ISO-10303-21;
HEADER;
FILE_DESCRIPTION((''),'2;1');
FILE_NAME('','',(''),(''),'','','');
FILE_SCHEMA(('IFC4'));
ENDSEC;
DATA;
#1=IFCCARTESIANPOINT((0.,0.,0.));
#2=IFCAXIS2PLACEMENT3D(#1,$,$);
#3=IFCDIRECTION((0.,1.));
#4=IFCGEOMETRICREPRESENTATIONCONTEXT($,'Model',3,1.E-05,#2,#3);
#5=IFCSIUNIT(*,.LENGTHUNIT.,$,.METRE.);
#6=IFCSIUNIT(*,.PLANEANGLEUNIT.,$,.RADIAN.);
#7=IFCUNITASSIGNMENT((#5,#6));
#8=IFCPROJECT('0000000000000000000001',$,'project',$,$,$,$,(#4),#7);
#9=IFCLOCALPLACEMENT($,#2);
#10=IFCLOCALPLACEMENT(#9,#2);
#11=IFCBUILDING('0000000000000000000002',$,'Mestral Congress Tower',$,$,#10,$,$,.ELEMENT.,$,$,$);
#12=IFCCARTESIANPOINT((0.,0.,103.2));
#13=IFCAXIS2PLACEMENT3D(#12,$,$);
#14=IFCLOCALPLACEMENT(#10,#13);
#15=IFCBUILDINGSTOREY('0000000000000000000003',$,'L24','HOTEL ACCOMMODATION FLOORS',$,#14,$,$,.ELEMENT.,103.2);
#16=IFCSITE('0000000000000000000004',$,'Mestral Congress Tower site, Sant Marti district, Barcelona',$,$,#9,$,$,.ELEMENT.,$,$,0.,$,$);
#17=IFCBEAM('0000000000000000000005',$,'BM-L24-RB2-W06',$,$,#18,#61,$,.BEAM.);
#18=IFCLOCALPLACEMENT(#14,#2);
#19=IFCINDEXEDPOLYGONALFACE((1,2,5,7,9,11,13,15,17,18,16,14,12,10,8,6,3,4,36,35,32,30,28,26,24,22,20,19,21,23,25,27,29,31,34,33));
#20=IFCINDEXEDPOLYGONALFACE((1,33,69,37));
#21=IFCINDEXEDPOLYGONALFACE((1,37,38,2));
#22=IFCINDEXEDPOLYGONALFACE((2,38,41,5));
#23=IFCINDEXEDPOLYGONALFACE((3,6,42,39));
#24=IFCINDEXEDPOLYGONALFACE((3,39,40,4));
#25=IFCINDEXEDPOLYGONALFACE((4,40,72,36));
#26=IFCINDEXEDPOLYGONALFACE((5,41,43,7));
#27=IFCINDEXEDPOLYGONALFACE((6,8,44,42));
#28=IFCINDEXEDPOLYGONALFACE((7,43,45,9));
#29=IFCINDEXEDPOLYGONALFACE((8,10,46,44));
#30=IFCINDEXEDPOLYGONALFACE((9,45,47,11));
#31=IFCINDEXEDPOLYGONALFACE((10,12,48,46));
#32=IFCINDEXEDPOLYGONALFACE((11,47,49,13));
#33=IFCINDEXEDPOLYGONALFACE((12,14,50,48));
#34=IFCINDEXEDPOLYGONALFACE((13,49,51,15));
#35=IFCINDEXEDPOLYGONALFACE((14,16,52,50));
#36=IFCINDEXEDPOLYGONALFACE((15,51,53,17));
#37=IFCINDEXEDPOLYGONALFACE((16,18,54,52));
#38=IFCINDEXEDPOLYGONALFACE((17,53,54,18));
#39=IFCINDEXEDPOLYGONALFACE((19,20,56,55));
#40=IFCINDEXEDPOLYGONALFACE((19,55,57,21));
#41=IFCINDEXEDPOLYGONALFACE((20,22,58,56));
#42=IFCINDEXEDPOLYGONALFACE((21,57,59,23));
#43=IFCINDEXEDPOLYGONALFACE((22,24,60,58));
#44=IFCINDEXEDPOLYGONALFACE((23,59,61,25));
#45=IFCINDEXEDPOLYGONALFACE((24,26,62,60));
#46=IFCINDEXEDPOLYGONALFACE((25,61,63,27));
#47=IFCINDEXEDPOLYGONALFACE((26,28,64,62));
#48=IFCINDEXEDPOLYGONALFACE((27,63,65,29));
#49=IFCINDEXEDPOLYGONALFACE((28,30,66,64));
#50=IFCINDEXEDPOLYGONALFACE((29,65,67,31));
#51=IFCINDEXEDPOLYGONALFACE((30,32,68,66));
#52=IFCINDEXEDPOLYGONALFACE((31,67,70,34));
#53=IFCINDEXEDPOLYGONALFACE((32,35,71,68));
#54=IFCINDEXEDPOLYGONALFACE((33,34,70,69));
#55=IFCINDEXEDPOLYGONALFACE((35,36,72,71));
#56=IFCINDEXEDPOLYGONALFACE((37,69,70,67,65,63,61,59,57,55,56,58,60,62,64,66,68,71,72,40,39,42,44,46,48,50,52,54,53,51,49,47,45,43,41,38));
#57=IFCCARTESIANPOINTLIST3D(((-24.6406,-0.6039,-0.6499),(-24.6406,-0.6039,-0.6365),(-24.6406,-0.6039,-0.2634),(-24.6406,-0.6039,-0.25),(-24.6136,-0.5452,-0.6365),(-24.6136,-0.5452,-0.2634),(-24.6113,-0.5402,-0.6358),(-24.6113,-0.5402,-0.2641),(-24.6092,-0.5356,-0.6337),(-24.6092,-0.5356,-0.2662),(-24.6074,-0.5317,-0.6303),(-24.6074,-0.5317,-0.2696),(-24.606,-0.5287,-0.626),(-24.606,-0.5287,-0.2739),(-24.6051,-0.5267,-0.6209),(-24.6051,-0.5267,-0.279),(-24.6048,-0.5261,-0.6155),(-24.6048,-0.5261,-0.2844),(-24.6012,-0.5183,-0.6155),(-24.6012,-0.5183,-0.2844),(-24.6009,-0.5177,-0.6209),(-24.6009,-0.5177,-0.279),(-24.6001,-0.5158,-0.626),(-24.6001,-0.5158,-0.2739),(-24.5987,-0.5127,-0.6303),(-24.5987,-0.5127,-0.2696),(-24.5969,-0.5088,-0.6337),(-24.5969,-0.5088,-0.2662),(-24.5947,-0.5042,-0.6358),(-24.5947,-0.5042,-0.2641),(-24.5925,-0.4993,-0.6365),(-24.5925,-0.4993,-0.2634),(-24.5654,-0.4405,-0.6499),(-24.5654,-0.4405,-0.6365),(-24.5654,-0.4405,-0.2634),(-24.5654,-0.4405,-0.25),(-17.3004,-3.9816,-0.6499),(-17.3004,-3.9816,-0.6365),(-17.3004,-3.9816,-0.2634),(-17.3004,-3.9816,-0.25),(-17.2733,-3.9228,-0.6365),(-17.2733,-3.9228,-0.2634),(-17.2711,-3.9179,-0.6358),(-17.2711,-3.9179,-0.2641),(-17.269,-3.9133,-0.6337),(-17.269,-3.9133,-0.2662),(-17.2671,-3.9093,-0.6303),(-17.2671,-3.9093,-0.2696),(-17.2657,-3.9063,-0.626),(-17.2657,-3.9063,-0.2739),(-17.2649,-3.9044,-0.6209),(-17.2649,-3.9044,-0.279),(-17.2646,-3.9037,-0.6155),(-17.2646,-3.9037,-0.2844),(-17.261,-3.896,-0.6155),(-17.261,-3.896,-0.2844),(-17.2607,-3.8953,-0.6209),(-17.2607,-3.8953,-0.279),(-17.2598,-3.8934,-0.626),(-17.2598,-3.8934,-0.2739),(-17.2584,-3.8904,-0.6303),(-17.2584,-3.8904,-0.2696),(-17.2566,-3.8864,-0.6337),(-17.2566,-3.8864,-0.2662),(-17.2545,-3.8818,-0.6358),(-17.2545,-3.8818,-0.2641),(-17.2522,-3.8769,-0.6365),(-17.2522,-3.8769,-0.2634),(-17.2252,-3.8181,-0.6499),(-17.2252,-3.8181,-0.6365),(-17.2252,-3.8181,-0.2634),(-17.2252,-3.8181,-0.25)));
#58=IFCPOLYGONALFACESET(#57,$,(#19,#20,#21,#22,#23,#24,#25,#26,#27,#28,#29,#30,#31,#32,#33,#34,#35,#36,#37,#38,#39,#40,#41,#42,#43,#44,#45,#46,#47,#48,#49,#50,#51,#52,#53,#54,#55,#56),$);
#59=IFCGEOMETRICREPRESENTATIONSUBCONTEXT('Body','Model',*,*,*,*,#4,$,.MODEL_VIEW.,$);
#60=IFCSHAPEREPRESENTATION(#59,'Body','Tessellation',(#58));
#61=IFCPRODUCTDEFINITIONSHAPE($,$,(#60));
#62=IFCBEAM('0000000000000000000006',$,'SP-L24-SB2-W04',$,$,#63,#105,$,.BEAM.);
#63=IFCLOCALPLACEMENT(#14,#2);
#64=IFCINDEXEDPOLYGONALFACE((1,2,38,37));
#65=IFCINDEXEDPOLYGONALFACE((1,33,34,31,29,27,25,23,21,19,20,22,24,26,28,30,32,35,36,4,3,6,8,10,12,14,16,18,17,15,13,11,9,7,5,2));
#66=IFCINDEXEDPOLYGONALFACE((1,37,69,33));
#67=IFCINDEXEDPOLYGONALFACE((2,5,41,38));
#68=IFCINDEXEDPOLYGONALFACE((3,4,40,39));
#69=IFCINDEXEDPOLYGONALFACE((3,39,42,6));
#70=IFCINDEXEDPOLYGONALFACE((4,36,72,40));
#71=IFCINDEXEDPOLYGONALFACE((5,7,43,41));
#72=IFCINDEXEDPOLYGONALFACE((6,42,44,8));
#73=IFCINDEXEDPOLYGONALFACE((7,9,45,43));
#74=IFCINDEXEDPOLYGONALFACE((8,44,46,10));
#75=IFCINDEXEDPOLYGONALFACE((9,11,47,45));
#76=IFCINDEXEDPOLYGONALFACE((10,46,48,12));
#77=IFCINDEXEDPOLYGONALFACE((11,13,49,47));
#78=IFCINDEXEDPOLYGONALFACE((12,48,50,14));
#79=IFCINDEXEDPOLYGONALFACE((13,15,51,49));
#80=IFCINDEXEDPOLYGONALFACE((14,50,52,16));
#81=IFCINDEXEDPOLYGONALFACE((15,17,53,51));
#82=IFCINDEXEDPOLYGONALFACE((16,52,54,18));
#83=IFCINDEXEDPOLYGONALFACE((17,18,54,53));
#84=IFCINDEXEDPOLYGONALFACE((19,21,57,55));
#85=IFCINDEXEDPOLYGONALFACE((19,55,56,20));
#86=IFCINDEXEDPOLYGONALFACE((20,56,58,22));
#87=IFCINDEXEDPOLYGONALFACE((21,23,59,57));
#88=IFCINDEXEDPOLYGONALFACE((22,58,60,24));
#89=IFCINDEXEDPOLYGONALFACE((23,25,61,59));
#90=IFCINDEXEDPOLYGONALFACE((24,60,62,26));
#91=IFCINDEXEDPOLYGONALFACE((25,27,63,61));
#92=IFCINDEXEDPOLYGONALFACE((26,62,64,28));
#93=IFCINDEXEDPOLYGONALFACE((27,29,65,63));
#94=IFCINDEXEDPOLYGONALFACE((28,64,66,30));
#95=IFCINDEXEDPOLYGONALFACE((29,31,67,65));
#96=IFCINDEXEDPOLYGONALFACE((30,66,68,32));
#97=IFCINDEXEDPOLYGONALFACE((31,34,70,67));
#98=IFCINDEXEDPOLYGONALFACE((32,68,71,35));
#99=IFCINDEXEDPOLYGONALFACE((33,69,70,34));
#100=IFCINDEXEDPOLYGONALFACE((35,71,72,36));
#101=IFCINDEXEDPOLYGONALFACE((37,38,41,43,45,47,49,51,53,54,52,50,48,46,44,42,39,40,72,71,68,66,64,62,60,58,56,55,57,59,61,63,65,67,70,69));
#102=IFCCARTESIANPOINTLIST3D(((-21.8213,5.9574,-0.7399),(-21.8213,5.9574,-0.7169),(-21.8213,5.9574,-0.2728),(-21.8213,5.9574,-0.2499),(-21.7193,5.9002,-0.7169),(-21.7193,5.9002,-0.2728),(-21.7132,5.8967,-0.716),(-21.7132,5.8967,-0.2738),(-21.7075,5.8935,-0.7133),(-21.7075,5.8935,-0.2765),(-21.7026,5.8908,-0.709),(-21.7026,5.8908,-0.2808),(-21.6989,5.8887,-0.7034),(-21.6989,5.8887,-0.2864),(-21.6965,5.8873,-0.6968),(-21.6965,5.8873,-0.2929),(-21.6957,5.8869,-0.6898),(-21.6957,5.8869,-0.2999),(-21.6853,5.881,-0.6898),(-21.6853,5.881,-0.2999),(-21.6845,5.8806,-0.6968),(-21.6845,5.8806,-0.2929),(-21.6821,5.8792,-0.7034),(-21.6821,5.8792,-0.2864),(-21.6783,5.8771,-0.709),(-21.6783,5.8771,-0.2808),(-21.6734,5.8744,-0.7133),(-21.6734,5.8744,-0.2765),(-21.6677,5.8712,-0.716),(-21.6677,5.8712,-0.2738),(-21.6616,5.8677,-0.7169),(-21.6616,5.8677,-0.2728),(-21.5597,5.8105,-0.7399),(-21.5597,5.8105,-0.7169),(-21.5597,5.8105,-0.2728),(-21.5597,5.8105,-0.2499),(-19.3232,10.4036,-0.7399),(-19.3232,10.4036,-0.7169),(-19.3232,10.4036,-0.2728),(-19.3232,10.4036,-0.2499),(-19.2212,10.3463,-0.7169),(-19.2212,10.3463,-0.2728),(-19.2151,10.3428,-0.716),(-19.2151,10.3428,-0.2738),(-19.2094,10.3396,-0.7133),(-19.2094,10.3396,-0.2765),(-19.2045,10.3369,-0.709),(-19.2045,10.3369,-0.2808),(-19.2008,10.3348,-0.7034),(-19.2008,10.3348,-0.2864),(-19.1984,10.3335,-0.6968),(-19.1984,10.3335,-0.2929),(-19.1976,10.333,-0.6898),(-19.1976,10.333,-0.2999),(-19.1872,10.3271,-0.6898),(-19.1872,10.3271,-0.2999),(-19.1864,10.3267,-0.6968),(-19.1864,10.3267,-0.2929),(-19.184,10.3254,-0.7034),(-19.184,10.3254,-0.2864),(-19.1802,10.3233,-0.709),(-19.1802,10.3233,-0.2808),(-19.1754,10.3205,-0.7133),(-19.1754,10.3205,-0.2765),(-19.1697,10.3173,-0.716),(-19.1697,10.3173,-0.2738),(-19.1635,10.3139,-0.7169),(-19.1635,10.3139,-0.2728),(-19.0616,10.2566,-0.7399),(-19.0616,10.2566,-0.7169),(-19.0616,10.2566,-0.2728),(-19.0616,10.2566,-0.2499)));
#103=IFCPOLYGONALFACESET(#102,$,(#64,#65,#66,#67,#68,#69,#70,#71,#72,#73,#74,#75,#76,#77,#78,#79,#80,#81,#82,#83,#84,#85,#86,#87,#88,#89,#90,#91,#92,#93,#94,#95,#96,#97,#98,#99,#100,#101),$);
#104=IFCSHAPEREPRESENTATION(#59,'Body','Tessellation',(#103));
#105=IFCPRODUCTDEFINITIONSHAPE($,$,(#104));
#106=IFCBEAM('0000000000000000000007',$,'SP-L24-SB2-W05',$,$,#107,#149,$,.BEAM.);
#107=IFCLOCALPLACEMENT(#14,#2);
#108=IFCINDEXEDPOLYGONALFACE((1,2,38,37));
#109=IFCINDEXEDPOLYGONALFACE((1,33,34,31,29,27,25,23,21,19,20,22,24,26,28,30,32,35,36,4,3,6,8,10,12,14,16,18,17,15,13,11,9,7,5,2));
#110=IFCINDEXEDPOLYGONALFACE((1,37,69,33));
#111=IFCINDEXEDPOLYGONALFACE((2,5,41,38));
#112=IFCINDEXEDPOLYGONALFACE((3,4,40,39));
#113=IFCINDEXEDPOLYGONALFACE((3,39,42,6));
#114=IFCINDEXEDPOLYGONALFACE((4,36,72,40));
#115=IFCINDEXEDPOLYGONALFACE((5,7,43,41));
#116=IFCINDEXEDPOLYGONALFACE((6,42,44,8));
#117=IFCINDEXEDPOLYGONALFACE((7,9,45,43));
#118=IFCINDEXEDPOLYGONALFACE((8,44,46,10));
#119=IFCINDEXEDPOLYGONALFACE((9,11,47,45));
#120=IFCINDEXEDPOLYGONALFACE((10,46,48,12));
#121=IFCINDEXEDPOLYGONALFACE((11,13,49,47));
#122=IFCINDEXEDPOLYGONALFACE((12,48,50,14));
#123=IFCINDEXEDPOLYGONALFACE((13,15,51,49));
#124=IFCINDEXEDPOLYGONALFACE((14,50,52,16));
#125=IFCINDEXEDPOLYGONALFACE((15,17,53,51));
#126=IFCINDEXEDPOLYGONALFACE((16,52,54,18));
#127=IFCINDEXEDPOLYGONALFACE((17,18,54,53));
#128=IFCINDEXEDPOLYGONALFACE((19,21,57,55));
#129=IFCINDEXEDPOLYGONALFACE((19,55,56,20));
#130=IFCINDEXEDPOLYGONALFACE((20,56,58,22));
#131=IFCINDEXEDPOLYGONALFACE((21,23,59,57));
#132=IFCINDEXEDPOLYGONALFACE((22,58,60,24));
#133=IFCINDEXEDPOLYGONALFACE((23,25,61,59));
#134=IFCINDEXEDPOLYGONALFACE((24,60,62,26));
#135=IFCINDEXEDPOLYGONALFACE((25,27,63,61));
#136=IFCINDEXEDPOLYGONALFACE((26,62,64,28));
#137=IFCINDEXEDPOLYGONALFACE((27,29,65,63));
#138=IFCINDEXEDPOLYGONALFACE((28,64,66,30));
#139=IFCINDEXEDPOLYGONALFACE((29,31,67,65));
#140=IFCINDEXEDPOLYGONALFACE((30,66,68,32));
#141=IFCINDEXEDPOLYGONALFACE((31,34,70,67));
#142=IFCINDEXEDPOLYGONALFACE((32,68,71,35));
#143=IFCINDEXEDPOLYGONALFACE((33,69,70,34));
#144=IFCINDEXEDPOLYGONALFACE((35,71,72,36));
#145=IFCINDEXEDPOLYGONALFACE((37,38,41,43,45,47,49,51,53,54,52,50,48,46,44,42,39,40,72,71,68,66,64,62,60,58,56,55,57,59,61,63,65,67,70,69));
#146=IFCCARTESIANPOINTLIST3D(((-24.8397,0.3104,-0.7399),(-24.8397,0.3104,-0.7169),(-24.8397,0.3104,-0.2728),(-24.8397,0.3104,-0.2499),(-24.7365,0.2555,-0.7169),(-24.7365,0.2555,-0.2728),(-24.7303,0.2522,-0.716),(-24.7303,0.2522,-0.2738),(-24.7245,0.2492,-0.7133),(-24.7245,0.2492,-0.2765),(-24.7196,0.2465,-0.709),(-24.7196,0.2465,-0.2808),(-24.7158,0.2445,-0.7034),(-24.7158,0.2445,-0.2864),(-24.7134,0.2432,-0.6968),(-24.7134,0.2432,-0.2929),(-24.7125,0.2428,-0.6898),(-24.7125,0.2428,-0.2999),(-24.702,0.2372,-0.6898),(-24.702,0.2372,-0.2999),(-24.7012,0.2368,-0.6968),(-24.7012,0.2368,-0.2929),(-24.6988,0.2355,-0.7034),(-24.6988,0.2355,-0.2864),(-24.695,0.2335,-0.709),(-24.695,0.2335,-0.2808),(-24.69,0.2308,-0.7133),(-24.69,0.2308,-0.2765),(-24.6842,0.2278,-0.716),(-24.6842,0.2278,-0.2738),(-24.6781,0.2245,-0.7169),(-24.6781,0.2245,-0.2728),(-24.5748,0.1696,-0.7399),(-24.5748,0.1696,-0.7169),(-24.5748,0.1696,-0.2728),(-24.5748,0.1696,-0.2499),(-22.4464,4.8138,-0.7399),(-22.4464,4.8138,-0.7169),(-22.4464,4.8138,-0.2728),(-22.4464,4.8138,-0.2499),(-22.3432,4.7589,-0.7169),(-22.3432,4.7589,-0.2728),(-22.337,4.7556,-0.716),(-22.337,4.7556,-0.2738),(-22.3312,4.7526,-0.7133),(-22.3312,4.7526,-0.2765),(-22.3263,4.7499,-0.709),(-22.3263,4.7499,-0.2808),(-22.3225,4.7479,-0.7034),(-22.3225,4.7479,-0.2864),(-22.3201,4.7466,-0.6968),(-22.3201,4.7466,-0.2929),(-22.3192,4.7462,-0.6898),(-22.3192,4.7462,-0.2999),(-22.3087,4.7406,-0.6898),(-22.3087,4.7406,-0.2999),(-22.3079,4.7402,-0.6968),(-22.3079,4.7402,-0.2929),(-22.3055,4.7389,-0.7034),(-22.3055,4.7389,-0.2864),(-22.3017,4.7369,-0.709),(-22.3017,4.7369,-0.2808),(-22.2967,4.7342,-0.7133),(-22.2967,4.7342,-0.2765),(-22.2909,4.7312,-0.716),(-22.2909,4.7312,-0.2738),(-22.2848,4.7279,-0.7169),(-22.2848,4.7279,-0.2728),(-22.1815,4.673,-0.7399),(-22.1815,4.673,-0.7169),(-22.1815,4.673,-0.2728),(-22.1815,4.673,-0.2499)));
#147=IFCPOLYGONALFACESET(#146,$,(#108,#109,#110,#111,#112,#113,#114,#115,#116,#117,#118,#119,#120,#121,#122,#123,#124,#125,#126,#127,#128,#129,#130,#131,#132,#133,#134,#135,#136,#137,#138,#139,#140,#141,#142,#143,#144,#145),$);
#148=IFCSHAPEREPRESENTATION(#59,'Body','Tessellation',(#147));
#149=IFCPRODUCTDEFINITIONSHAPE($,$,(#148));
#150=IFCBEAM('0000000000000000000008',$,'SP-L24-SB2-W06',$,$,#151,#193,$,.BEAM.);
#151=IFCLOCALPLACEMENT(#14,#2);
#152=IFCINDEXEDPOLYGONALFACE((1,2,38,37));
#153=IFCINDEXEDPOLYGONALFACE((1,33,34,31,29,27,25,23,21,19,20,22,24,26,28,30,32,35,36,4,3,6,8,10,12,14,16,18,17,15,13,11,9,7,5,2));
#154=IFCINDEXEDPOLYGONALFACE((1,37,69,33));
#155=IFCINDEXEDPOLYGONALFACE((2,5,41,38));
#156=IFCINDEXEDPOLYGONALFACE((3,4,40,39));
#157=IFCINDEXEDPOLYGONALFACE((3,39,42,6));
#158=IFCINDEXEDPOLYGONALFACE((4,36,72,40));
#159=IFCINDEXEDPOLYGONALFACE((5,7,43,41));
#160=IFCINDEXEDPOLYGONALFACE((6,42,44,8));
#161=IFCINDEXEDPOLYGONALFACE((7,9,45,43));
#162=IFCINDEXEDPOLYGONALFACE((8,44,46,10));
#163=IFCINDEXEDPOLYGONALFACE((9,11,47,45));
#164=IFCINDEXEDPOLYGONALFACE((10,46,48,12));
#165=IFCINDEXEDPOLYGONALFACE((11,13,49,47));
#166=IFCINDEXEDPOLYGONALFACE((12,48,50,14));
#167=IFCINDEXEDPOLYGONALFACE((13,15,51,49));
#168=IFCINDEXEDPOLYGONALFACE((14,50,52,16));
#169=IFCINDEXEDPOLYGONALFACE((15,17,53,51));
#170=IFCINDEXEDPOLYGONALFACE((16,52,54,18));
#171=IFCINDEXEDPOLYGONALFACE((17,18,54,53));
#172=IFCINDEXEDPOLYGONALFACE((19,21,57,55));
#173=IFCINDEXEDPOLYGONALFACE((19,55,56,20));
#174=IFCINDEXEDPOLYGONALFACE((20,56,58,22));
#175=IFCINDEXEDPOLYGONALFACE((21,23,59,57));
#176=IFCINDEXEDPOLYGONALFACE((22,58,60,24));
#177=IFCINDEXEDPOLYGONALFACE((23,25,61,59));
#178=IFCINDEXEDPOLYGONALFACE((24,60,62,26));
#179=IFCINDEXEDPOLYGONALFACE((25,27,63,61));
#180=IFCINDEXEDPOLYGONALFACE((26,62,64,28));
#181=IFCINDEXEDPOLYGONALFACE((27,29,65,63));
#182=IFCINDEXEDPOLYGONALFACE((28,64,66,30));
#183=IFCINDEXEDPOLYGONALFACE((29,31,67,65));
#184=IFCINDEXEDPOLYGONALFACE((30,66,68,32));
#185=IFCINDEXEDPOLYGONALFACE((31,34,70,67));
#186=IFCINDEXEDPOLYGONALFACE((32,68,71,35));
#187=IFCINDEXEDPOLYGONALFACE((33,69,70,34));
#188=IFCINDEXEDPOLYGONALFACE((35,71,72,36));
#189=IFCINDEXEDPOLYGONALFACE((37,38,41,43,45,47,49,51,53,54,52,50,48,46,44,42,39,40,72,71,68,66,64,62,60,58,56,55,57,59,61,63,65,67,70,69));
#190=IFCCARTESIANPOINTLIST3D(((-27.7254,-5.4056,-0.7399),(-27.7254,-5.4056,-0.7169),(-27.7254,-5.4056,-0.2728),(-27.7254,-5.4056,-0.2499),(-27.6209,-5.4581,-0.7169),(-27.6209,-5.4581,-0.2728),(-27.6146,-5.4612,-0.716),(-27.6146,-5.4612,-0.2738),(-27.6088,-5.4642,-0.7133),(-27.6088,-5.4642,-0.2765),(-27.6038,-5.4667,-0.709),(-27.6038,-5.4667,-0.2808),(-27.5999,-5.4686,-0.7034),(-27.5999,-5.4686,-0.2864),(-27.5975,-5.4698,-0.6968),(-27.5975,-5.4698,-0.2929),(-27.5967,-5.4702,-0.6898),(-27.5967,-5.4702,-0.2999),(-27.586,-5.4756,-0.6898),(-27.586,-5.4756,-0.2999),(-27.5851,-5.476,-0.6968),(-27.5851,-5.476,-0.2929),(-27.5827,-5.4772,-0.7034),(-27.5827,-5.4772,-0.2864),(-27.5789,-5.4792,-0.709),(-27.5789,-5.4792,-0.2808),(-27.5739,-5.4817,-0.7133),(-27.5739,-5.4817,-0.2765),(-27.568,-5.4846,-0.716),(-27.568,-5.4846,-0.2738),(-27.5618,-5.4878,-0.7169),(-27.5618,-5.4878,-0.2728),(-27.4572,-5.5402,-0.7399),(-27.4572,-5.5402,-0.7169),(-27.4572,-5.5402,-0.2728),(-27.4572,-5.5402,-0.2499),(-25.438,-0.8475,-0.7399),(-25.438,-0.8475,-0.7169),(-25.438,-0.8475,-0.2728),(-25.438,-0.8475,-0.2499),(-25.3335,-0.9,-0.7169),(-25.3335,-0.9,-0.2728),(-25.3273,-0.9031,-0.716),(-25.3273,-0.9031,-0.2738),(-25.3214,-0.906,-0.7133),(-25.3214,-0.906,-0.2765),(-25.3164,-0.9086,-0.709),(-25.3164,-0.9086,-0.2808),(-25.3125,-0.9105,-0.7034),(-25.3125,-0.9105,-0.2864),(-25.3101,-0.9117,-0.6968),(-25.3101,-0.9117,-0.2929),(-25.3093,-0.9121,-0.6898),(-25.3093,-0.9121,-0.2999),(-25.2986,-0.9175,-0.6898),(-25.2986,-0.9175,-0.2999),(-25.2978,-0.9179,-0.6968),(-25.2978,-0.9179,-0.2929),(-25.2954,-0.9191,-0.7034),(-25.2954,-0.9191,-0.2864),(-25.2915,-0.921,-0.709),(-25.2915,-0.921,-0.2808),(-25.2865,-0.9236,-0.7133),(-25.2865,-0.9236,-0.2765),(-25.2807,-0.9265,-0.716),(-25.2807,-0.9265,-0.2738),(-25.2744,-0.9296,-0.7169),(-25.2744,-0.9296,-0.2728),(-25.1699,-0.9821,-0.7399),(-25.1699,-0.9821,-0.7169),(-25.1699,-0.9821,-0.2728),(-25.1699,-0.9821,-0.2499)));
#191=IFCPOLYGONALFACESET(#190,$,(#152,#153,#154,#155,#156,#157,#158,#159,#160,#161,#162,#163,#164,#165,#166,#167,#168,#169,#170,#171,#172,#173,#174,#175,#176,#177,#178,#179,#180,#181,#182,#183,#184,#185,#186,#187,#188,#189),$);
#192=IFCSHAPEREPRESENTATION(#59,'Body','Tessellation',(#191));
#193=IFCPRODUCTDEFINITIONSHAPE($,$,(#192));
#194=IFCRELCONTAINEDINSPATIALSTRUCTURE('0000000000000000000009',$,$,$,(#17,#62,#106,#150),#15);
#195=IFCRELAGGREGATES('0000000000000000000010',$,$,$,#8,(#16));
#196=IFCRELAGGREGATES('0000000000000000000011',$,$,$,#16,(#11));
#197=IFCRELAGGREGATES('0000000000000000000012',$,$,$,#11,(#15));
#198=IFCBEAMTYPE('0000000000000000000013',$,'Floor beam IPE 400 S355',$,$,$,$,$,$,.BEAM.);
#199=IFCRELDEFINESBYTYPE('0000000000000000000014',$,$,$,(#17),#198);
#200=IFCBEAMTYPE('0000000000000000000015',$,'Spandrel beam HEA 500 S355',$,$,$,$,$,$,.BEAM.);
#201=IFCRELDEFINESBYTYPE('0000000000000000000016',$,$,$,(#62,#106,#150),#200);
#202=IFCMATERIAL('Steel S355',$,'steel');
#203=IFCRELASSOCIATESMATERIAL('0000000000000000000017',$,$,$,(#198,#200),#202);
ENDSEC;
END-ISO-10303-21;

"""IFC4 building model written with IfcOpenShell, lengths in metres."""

from ifc_helpers import new_model, si_unit, direction, frame, origin, origin_2d, place, context, subcontext, project, spatial, i_section, extrude, material, material_profile, profile_set, type_object, element, save


model = new_model("IFC4")

# Units and contexts
model_context = context("Model", 3, precision=1e-05, world=origin(), true_north=direction((0.0, 1.0)))
body_context = subcontext(model_context, "Body", "Model", "MODEL_VIEW")
ifc_project = project(units=[si_unit("LENGTHUNIT", "METRE"), si_unit("PLANEANGLEUNIT", "RADIAN")], contexts=[model_context])

# Site, building, storey
site_placement = place(None, origin())
site = spatial("IfcSite", under=ifc_project, at=site_placement, Name="Mestral Congress Tower site, Sant Marti district, Barcelona", CompositionType="ELEMENT", RefElevation=0.0)
building_placement = place(site_placement, origin())
building = spatial("IfcBuilding", under=site, at=building_placement, Name="Mestral Congress Tower", CompositionType="ELEMENT")
storey_placement = place(building_placement, frame((0.0, 0.0, 103.2)))
storey = spatial("IfcBuildingStorey", under=building, at=storey_placement, Name="L24", Description="HOTEL ACCOMMODATION FLOORS", CompositionType="ELEMENT", Elevation=103.2)

# Beams
ifc_material_1 = material(Name="Steel S355", Category="steel")
ifc_material_profile_1 = material_profile(ifc_material_1, i_section(OverallWidth=0.1799, OverallDepth=0.3999, WebThickness=0.0085, FlangeThickness=0.0134, FilletRadius=0.021, at=origin_2d()), Name="IPE 400")
ifc_profile_set_1 = profile_set([ifc_material_profile_1], Name="Steel S355")
beam_type_1 = type_object("IfcBeamType", Name="Floor beam IPE 400 S355", PredefinedType="BEAM", material=ifc_profile_set_1)
beam_1_placement = place(storey_placement, frame((-24.603, -0.5222, -0.45), z_axis=(0.908437, -0.418021, 0.0), x_axis=(0.418021, 0.908437, 0.0)))
element("IfcBeam", 1, at=beam_1_placement, inside=storey, type_object=beam_type_1, Name="BM-L24-RB2-W06", PredefinedType="BEAM", context=body_context, shape_type="SweptSolid", body=[
    extrude(i_section(OverallWidth=0.1799, OverallDepth=0.3999, WebThickness=0.0085, FlangeThickness=0.0134, FilletRadius=0.021, at=origin_2d()), origin(), (0.0, 0.0, 1.0), 8.0801),
])
ifc_material_profile_2 = material_profile(ifc_material_1, i_section(OverallWidth=0.3, OverallDepth=0.49, WebThickness=0.012, FlangeThickness=0.0229, FilletRadius=0.0271, at=origin_2d()), Name="HEA 500")
ifc_profile_set_2 = profile_set([ifc_material_profile_2], Name="Steel S355")
beam_type_2 = type_object("IfcBeamType", Name="Spandrel beam HEA 500 S355", PredefinedType="BEAM", material=ifc_profile_set_2)
for number, where, z_axis, x_axis, name in (
    (2, (-19.1924, 10.3301, -0.4949), (-0.489836, -0.871815, 0.0), (0.871815, -0.489836, 0.0), "SP-L24-SB2-W04"),
    (3, (-22.314, 4.7434, -0.4949), (-0.469288, -0.883045, 0.0), (0.883045, -0.469288, 0.0), "SP-L24-SB2-W05"),
    (4, (-25.304, -0.9148, -0.4949), (-0.448515, -0.893775, 0.0), (0.893775, -0.448515, 0.0), "SP-L24-SB2-W06"),
):
    element("IfcBeam", number, at=place(storey_placement, frame(where, z_axis=z_axis, x_axis=x_axis)), inside=storey, type_object=beam_type_2, Name=name, PredefinedType="BEAM", context=body_context, shape_type="SweptSolid", body=[
        extrude(i_section(OverallWidth=0.3, OverallDepth=0.49, WebThickness=0.012, FlangeThickness=0.0229, FilletRadius=0.0271, at=origin_2d()), origin(), (0.0, 0.0, 1.0), 5.0999),
    ])

save(model, "model.ifc")
